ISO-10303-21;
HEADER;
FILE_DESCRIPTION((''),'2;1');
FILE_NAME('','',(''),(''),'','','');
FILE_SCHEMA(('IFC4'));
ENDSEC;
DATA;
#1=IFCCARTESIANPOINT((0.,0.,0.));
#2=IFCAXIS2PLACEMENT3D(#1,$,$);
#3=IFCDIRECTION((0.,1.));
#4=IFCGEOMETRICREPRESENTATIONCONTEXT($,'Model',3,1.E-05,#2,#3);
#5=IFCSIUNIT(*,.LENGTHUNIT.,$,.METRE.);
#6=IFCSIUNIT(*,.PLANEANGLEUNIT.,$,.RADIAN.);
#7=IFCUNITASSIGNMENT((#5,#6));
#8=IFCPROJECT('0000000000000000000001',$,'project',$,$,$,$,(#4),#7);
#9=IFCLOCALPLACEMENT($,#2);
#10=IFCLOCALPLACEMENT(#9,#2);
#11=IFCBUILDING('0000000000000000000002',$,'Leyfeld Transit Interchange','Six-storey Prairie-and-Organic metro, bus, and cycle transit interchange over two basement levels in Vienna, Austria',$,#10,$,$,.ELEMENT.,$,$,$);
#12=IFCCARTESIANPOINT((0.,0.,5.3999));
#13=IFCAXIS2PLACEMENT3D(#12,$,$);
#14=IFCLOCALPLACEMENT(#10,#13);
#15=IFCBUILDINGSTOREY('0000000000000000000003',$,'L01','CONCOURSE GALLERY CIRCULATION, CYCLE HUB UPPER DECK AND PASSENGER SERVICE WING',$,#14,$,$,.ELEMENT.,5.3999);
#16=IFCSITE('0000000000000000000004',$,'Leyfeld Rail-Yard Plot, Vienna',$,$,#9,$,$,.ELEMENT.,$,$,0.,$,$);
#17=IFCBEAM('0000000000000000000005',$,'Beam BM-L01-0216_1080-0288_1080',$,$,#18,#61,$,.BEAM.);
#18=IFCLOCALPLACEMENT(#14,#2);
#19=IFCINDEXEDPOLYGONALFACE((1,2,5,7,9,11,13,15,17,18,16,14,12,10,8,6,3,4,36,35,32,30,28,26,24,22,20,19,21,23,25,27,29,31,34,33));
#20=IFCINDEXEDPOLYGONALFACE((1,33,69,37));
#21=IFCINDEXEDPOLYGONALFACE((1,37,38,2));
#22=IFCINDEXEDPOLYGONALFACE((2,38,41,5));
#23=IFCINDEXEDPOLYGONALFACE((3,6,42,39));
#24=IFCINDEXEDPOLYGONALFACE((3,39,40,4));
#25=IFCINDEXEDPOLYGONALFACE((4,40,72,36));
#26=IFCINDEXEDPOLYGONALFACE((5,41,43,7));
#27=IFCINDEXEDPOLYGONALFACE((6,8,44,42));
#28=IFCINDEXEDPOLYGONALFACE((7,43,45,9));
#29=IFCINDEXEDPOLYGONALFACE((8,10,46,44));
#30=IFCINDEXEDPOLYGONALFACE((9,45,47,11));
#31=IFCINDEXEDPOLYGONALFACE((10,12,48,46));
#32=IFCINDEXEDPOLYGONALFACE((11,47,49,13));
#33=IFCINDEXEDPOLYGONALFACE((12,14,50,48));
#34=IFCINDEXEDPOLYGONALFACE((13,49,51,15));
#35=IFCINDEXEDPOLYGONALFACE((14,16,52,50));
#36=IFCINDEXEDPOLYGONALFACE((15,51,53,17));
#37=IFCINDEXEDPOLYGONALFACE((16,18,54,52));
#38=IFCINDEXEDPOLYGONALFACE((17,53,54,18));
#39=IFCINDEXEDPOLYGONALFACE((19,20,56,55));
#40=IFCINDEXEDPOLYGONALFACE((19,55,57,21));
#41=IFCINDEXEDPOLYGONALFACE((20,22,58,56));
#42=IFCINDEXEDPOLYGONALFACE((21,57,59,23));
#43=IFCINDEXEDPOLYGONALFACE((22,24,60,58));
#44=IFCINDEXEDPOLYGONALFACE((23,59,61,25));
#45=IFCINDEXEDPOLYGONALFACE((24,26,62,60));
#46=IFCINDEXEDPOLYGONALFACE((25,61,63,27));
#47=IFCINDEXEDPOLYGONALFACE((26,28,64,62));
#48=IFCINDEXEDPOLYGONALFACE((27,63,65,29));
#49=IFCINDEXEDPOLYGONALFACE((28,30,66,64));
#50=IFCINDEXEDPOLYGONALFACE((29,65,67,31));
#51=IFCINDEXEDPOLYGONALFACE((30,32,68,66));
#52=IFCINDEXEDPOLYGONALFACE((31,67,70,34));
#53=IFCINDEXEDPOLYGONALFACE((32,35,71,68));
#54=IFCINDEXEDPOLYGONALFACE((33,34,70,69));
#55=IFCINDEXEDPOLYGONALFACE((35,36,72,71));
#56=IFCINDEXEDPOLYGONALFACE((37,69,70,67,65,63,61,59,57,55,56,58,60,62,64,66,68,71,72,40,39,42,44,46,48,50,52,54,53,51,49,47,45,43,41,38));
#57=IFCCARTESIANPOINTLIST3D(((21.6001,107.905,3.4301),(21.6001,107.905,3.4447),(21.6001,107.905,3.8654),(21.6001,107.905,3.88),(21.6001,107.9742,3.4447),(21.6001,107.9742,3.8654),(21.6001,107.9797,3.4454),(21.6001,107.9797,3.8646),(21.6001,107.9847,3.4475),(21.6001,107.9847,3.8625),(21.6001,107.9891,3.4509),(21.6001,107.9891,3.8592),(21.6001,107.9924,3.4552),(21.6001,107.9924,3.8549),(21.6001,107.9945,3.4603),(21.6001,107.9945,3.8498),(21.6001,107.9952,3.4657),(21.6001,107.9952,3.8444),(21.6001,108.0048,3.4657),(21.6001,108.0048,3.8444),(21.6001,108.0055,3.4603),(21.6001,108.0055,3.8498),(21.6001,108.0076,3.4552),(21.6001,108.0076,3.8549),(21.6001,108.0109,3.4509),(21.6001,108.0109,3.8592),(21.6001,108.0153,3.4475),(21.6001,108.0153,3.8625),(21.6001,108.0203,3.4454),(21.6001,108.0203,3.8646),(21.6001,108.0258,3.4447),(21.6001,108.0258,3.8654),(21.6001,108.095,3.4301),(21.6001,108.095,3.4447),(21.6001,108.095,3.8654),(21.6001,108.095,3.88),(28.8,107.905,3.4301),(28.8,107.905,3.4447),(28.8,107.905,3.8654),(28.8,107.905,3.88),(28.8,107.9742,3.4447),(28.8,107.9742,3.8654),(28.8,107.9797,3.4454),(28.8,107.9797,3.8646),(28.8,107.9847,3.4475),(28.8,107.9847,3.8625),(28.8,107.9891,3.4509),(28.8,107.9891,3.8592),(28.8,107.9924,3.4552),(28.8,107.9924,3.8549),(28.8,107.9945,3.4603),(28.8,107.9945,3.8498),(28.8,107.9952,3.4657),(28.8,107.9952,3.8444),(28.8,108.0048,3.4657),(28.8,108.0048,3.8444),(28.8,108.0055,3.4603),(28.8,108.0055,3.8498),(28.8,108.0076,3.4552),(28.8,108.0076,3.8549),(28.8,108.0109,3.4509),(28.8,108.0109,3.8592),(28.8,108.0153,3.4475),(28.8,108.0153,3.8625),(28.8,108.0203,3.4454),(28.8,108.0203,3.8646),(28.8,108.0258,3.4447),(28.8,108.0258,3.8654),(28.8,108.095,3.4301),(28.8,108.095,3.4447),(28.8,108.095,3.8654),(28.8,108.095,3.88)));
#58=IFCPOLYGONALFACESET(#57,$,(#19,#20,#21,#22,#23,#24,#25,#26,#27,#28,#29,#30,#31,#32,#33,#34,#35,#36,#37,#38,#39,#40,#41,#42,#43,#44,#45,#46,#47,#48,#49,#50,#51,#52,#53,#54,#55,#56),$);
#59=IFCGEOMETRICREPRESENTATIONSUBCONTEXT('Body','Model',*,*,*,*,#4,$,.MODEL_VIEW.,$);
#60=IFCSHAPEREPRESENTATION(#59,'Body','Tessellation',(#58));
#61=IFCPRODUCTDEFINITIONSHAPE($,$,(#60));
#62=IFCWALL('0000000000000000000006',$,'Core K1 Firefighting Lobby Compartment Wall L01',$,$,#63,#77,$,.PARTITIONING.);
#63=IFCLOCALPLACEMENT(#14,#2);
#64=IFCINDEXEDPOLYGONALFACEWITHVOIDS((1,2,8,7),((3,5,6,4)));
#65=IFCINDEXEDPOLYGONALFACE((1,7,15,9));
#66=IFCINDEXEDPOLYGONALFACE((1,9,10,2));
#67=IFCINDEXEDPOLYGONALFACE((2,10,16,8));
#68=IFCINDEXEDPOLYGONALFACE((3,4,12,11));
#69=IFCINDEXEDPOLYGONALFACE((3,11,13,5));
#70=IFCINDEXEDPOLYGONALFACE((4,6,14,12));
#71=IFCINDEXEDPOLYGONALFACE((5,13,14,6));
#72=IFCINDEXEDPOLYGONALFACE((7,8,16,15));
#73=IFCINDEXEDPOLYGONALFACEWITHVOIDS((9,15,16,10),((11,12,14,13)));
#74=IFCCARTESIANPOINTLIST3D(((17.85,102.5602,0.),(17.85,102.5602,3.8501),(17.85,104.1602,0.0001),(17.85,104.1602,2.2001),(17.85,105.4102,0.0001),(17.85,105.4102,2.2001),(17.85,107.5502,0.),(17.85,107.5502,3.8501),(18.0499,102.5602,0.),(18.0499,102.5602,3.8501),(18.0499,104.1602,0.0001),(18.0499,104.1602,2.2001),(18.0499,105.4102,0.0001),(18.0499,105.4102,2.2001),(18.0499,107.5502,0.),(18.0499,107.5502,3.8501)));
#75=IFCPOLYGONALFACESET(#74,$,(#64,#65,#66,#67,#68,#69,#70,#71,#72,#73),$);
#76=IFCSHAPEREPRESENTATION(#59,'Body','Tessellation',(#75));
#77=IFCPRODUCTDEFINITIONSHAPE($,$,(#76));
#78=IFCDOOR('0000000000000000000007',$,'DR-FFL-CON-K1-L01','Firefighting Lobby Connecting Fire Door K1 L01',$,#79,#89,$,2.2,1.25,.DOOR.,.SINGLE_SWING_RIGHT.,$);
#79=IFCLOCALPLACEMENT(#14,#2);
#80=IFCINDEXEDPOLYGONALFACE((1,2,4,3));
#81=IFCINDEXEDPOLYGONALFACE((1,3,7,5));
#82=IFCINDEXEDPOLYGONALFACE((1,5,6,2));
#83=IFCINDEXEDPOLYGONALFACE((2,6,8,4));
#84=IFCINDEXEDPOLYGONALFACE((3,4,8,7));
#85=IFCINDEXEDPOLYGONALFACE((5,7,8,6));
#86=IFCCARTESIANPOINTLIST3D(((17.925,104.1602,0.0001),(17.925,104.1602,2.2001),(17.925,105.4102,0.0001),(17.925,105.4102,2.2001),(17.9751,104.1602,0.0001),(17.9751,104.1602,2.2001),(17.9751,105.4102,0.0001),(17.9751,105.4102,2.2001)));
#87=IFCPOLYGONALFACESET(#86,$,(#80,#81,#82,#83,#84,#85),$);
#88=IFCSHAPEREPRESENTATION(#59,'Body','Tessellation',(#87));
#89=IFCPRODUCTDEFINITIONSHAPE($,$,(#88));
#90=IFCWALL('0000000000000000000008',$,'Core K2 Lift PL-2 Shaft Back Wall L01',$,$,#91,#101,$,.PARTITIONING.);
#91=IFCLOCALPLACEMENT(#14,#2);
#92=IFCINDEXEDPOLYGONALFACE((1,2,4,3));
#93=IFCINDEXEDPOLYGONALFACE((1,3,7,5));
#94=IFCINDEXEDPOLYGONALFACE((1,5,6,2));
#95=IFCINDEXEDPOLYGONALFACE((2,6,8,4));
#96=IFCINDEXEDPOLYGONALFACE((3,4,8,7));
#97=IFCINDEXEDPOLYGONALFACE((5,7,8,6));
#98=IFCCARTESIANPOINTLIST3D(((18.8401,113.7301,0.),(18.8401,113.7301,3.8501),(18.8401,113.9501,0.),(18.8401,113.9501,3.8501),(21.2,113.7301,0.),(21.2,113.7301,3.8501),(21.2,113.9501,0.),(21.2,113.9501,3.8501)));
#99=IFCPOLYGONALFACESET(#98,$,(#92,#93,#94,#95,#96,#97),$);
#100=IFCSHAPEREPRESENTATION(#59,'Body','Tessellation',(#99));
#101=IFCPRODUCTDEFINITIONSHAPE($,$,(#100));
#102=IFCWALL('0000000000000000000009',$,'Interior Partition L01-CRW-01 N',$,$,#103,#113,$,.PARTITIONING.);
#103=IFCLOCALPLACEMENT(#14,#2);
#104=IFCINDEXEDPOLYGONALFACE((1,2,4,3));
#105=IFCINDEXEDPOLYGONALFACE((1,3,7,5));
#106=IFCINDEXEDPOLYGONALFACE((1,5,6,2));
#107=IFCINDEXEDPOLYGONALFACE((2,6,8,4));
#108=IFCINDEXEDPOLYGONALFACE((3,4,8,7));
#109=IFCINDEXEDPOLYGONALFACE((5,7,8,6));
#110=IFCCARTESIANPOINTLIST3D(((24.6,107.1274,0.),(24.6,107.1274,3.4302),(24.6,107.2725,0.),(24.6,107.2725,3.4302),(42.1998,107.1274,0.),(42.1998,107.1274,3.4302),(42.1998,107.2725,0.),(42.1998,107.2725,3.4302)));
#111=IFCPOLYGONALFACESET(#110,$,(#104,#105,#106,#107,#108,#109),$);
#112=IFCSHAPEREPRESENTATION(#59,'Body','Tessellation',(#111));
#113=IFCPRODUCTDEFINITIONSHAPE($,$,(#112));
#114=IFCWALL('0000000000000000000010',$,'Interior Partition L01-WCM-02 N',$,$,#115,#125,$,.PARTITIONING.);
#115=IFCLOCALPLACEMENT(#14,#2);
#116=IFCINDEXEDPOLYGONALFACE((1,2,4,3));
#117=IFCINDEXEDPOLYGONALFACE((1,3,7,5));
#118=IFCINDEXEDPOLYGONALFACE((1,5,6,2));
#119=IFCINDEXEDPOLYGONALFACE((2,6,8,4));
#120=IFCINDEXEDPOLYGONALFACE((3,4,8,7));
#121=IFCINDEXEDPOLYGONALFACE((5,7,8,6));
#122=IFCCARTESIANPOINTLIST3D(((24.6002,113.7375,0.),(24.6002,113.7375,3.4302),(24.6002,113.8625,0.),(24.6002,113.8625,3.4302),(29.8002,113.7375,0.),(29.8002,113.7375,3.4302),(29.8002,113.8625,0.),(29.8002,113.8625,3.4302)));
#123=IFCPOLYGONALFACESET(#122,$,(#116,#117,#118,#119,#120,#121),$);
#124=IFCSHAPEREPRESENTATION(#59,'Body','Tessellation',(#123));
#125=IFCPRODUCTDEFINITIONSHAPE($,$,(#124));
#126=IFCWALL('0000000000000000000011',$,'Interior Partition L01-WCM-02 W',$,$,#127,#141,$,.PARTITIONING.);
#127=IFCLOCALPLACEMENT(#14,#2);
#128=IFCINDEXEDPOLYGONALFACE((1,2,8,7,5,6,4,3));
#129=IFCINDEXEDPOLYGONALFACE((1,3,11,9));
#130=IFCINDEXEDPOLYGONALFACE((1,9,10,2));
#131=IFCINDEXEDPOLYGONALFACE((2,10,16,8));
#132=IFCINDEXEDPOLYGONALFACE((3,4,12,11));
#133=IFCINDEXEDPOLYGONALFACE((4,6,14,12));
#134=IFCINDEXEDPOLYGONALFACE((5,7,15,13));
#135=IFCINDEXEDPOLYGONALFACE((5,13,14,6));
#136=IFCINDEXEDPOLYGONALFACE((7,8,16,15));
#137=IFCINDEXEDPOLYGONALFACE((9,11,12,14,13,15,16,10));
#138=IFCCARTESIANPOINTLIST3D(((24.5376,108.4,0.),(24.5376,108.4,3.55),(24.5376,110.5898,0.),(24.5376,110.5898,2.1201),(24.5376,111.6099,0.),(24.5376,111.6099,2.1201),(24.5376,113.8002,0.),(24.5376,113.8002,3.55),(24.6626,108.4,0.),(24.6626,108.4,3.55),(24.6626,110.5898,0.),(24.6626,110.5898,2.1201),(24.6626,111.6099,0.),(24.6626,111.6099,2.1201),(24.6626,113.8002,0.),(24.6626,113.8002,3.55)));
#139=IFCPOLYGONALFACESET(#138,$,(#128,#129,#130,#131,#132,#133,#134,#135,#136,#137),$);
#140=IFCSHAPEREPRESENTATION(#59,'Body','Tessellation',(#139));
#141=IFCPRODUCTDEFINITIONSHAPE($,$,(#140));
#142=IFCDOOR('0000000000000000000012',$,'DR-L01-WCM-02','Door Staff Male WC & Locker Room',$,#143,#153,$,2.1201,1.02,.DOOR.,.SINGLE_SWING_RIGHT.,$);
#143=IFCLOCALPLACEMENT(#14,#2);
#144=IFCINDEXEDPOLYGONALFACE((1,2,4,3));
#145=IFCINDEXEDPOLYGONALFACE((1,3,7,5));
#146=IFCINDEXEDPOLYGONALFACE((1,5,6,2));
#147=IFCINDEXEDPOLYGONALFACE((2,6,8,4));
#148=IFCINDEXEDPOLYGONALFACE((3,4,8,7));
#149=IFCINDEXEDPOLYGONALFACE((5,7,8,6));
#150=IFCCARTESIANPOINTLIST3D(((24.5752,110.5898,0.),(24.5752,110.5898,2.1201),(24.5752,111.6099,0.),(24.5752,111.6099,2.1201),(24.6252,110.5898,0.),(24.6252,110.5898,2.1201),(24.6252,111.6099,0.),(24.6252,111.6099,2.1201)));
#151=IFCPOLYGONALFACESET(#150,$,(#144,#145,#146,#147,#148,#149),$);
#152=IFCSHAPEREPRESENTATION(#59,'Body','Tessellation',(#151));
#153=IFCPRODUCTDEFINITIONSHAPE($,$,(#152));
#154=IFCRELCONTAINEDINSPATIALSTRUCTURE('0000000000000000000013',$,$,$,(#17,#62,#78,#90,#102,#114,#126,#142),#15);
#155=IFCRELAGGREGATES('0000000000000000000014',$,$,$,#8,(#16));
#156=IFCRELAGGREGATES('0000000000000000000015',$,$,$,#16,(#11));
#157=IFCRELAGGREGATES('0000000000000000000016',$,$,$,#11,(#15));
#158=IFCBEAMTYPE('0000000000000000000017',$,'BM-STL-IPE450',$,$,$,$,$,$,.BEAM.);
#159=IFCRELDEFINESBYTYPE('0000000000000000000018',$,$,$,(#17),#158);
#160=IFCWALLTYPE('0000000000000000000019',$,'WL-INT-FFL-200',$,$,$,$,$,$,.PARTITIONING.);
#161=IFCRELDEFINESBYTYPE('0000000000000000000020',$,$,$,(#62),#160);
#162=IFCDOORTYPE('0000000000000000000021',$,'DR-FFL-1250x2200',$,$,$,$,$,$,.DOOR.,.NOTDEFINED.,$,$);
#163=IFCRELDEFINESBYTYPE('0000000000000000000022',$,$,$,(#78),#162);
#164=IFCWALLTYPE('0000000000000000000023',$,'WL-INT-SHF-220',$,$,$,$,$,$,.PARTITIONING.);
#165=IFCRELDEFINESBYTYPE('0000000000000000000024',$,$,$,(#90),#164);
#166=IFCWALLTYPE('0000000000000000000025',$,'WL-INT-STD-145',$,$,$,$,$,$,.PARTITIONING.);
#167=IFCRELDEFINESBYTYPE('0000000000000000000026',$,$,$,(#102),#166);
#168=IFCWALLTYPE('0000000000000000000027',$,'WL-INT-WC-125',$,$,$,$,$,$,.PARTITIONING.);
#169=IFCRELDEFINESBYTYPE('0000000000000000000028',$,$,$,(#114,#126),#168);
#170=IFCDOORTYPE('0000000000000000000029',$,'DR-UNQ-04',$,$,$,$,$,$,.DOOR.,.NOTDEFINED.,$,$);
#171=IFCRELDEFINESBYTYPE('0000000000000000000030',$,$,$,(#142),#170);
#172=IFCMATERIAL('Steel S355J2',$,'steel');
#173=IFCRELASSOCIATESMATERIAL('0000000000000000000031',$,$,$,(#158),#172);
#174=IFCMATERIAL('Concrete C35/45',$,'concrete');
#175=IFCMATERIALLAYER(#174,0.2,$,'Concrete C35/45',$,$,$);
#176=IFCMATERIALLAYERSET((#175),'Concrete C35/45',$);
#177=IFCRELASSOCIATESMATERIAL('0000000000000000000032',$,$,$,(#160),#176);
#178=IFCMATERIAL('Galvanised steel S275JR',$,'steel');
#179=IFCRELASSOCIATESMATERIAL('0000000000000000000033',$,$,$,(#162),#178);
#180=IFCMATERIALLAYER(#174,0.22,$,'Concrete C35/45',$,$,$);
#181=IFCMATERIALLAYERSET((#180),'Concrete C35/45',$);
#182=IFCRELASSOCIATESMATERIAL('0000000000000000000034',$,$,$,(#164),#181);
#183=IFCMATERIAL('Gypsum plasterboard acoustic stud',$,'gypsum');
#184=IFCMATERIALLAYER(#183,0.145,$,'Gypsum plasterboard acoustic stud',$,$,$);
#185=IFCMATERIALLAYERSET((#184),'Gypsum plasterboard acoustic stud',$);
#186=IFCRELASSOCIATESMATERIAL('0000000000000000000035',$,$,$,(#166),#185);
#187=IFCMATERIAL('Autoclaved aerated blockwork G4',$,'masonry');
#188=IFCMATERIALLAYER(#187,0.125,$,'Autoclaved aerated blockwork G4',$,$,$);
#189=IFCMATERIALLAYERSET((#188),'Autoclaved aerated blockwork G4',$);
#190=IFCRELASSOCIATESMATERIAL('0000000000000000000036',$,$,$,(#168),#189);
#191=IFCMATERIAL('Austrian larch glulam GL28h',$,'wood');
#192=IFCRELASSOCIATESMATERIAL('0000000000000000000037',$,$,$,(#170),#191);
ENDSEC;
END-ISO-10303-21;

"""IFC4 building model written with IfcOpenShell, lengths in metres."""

from ifc_helpers import new_model, si_unit, direction, frame, frame_2d, origin, origin_2d, place, context, subcontext, project, spatial, rectangle, i_section, extrude, material, layer, layer_set, material_profile, profile_set, type_object, element, fill, save


model = new_model("IFC4")

# Units and contexts
model_context = context("Model", 3, precision=1e-05, world=origin(), true_north=direction((0.0, 1.0)))
body_context = subcontext(model_context, "Body", "Model", "MODEL_VIEW")
ifc_project = project(units=[si_unit("LENGTHUNIT", "METRE"), si_unit("PLANEANGLEUNIT", "RADIAN")], contexts=[model_context])

# Site, building, storey
site_placement = place(None, origin())
site = spatial("IfcSite", under=ifc_project, at=site_placement, Name="Leyfeld Rail-Yard Plot, Vienna", CompositionType="ELEMENT", RefElevation=0.0)
building_placement = place(site_placement, origin())
building = spatial("IfcBuilding", under=site, at=building_placement, Name="Leyfeld Transit Interchange", Description="Six-storey Prairie-and-Organic metro, bus, and cycle transit interchange over two basement levels in Vienna, Austria", CompositionType="ELEMENT")
storey_placement = place(building_placement, frame((0.0, 0.0, 5.3999)))
storey = spatial("IfcBuildingStorey", under=building, at=storey_placement, Name="L01", Description="CONCOURSE GALLERY CIRCULATION, CYCLE HUB UPPER DECK AND PASSENGER SERVICE WING", CompositionType="ELEMENT", Elevation=5.3999)

# Shared definitions
ifc_material_1 = material(Name="Concrete C35/45", Category="concrete")

# Beam
ifc_material_2 = material(Name="Steel S355J2", Category="steel")
ifc_material_profile_1 = material_profile(ifc_material_2, i_section(OverallWidth=0.1899, OverallDepth=0.45, WebThickness=0.0095, FlangeThickness=0.0146, FilletRadius=0.021, at=origin_2d()), Name="IPE 450")
ifc_profile_set_1 = profile_set([ifc_material_profile_1], Name="Steel S355J2")
beam_type_1 = type_object("IfcBeamType", Name="BM-STL-IPE450", PredefinedType="BEAM", material=ifc_profile_set_1)
beam_1_placement = place(storey_placement, frame((21.6001, 108.0, 3.655), z_axis=(1.0, 0.0, 0.0), x_axis=(0.0, 1.0, 0.0)))
element("IfcBeam", 1, at=beam_1_placement, inside=storey, type_object=beam_type_1, Name="Beam BM-L01-0216_1080-0288_1080", PredefinedType="BEAM", context=body_context, shape_type="SweptSolid", body=[
    extrude(i_section(OverallWidth=0.1899, OverallDepth=0.45, WebThickness=0.0095, FlangeThickness=0.0146, FilletRadius=0.021, at=origin_2d()), origin(), (0.0, 0.0, 1.0), 7.2),
])

# Wall, opening, door
ifc_layer_1 = layer(ifc_material_1, 0.2, Name="Concrete C35/45")
ifc_layer_set_1 = layer_set([ifc_layer_1], Name="Concrete C35/45")
wall_type_1 = type_object("IfcWallType", Name="WL-INT-FFL-200", PredefinedType="PARTITIONING", material=ifc_layer_set_1)
wall_1_placement = place(storey_placement, frame((17.95, 102.5601, 0.0), z_axis=(0.0, 0.0, 1.0), x_axis=(0.0, 1.0, 0.0)))
wall_1 = element("IfcWall", 2, at=wall_1_placement, inside=storey, type_object=wall_type_1, Name="Core K1 Firefighting Lobby Compartment Wall L01", PredefinedType="PARTITIONING", context=body_context, shape_type="SweptSolid", body=[
    extrude(rectangle(XDim=4.99, YDim=0.2, at=frame_2d((2.4951, 0.0))), origin(), (0.0, 0.0, 1.0), 3.8501),
])
opening_1_placement = place(wall_1_placement, frame((1.6001, 0.0, 0.0)))
opening_1 = element("IfcOpeningElement", 3, at=opening_1_placement, cuts=wall_1, PredefinedType="OPENING", context=body_context, shape_type="SweptSolid", body=[
    extrude(rectangle(XDim=1.25, YDim=2.2, at=frame_2d((0.625, 1.1001))), frame((0.0, 0.1099, 0.0), z_axis=(0.0, -1.0, 0.0), x_axis=(1.0, 0.0, 0.0)), (0.0, 0.0, 1.0), 0.22),
])
ifc_material_3 = material(Name="Galvanised steel S275JR", Category="steel")
door_type_1 = type_object("IfcDoorType", Name="DR-FFL-1250x2200", OperationType="NOTDEFINED", PredefinedType="DOOR", material=ifc_material_3)
door_1_placement = place(opening_1_placement, origin())
door_1 = element("IfcDoor", 4, at=door_1_placement, inside=storey, type_object=door_type_1, Name="DR-FFL-CON-K1-L01", Description="Firefighting Lobby Connecting Fire Door K1 L01", OperationType="SINGLE_SWING_RIGHT", OverallHeight=2.2, OverallWidth=1.25, PredefinedType="DOOR", context=body_context, shape_type="SweptSolid", body=[
    extrude(rectangle(XDim=1.25, YDim=2.2, at=frame_2d((0.625, 1.1001))), frame((0.0, 0.0249, 0.0), z_axis=(0.0, -1.0, 0.0), x_axis=(1.0, 0.0, 0.0)), (0.0, 0.0, 1.0), 0.05),
])
fill(opening_1, door_1)

# Shared definitions
ifc_layer_2 = layer(ifc_material_1, 0.22, Name="Concrete C35/45")
ifc_layer_set_2 = layer_set([ifc_layer_2], Name="Concrete C35/45")
wall_type_2 = type_object("IfcWallType", Name="WL-INT-SHF-220", PredefinedType="PARTITIONING", material=ifc_layer_set_2)

# Walls
wall_2_placement = place(storey_placement, frame((18.8401, 113.8401, 0.0), z_axis=(0.0, 0.0, 1.0), x_axis=(1.0, 0.0, 0.0)))
element("IfcWall", 5, at=wall_2_placement, inside=storey, type_object=wall_type_2, Name="Core K2 Lift PL-2 Shaft Back Wall L01", PredefinedType="PARTITIONING", context=body_context, shape_type="SweptSolid", body=[
    extrude(rectangle(XDim=2.3599, YDim=0.22, at=frame_2d((1.1799, 0.0))), origin(), (0.0, 0.0, 1.0), 3.8501),
])
ifc_material_4 = material(Name="Gypsum plasterboard acoustic stud", Category="gypsum")
ifc_layer_3 = layer(ifc_material_4, 0.145, Name="Gypsum plasterboard acoustic stud")
ifc_layer_set_3 = layer_set([ifc_layer_3], Name="Gypsum plasterboard acoustic stud")
wall_type_3 = type_object("IfcWallType", Name="WL-INT-STD-145", PredefinedType="PARTITIONING", material=ifc_layer_set_3)
wall_3_placement = place(storey_placement, frame((24.6001, 107.2, 0.0), z_axis=(0.0, 0.0, 1.0), x_axis=(1.0, 0.0, 0.0)))
element("IfcWall", 6, at=wall_3_placement, inside=storey, type_object=wall_type_3, Name="Interior Partition L01-CRW-01 N", PredefinedType="PARTITIONING", context=body_context, shape_type="SweptSolid", body=[
    extrude(rectangle(XDim=17.5999, YDim=0.145, at=frame_2d((8.7998, 0.0))), origin(), (0.0, 0.0, 1.0), 3.4302),
])
ifc_material_5 = material(Name="Autoclaved aerated blockwork G4", Category="masonry")
ifc_layer_4 = layer(ifc_material_5, 0.125, Name="Autoclaved aerated blockwork G4")
ifc_layer_set_4 = layer_set([ifc_layer_4], Name="Autoclaved aerated blockwork G4")
wall_type_4 = type_object("IfcWallType", Name="WL-INT-WC-125", PredefinedType="PARTITIONING", material=ifc_layer_set_4)
wall_4_placement = place(storey_placement, frame((24.6001, 113.8, 0.0), z_axis=(0.0, 0.0, 1.0), x_axis=(1.0, 0.0, 0.0)))
element("IfcWall", 7, at=wall_4_placement, inside=storey, type_object=wall_type_4, Name="Interior Partition L01-WCM-02 N", PredefinedType="PARTITIONING", context=body_context, shape_type="SweptSolid", body=[
    extrude(rectangle(XDim=5.2, YDim=0.125, at=frame_2d((2.6001, 0.0))), origin(), (0.0, 0.0, 1.0), 3.4302),
])

# Wall, opening, door
wall_5_placement = place(storey_placement, frame((24.6001, 108.3999, 0.0), z_axis=(0.0, 0.0, 1.0), x_axis=(0.0, 1.0, 0.0)))
wall_5 = element("IfcWall", 8, at=wall_5_placement, inside=storey, type_object=wall_type_4, Name="Interior Partition L01-WCM-02 W", PredefinedType="PARTITIONING", context=body_context, shape_type="SweptSolid", body=[
    extrude(rectangle(XDim=5.4001, YDim=0.125, at=frame_2d((2.7002, 0.0))), origin(), (0.0, 0.0, 1.0), 3.55),
])
opening_2_placement = place(wall_5_placement, frame((2.1899, 0.0, 0.0)))
opening_2 = element("IfcOpeningElement", 9, at=opening_2_placement, cuts=wall_5, PredefinedType="OPENING", context=body_context, shape_type="SweptSolid", body=[
    extrude(rectangle(XDim=1.02, YDim=2.1201, at=frame_2d((0.51, 1.0601))), frame((0.0, 0.0725, 0.0), z_axis=(0.0, -1.0, 0.0), x_axis=(1.0, 0.0, 0.0)), (0.0, 0.0, 1.0), 0.145),
])
ifc_material_6 = material(Name="Austrian larch glulam GL28h", Category="wood")
door_type_2 = type_object("IfcDoorType", Name="DR-UNQ-04", OperationType="NOTDEFINED", PredefinedType="DOOR", material=ifc_material_6)
door_2_placement = place(opening_2_placement, origin())
door_2 = element("IfcDoor", 10, at=door_2_placement, inside=storey, type_object=door_type_2, Name="DR-L01-WCM-02", Description="Door Staff Male WC & Locker Room", OperationType="SINGLE_SWING_RIGHT", OverallHeight=2.1201, OverallWidth=1.02, PredefinedType="DOOR", context=body_context, shape_type="SweptSolid", body=[
    extrude(rectangle(XDim=1.02, YDim=2.1201, at=frame_2d((0.51, 1.0601))), frame((0.0, 0.0249, 0.0), z_axis=(0.0, -1.0, 0.0), x_axis=(1.0, 0.0, 0.0)), (0.0, 0.0, 1.0), 0.05),
])
fill(opening_2, door_2)

save(model, "model.ifc")
